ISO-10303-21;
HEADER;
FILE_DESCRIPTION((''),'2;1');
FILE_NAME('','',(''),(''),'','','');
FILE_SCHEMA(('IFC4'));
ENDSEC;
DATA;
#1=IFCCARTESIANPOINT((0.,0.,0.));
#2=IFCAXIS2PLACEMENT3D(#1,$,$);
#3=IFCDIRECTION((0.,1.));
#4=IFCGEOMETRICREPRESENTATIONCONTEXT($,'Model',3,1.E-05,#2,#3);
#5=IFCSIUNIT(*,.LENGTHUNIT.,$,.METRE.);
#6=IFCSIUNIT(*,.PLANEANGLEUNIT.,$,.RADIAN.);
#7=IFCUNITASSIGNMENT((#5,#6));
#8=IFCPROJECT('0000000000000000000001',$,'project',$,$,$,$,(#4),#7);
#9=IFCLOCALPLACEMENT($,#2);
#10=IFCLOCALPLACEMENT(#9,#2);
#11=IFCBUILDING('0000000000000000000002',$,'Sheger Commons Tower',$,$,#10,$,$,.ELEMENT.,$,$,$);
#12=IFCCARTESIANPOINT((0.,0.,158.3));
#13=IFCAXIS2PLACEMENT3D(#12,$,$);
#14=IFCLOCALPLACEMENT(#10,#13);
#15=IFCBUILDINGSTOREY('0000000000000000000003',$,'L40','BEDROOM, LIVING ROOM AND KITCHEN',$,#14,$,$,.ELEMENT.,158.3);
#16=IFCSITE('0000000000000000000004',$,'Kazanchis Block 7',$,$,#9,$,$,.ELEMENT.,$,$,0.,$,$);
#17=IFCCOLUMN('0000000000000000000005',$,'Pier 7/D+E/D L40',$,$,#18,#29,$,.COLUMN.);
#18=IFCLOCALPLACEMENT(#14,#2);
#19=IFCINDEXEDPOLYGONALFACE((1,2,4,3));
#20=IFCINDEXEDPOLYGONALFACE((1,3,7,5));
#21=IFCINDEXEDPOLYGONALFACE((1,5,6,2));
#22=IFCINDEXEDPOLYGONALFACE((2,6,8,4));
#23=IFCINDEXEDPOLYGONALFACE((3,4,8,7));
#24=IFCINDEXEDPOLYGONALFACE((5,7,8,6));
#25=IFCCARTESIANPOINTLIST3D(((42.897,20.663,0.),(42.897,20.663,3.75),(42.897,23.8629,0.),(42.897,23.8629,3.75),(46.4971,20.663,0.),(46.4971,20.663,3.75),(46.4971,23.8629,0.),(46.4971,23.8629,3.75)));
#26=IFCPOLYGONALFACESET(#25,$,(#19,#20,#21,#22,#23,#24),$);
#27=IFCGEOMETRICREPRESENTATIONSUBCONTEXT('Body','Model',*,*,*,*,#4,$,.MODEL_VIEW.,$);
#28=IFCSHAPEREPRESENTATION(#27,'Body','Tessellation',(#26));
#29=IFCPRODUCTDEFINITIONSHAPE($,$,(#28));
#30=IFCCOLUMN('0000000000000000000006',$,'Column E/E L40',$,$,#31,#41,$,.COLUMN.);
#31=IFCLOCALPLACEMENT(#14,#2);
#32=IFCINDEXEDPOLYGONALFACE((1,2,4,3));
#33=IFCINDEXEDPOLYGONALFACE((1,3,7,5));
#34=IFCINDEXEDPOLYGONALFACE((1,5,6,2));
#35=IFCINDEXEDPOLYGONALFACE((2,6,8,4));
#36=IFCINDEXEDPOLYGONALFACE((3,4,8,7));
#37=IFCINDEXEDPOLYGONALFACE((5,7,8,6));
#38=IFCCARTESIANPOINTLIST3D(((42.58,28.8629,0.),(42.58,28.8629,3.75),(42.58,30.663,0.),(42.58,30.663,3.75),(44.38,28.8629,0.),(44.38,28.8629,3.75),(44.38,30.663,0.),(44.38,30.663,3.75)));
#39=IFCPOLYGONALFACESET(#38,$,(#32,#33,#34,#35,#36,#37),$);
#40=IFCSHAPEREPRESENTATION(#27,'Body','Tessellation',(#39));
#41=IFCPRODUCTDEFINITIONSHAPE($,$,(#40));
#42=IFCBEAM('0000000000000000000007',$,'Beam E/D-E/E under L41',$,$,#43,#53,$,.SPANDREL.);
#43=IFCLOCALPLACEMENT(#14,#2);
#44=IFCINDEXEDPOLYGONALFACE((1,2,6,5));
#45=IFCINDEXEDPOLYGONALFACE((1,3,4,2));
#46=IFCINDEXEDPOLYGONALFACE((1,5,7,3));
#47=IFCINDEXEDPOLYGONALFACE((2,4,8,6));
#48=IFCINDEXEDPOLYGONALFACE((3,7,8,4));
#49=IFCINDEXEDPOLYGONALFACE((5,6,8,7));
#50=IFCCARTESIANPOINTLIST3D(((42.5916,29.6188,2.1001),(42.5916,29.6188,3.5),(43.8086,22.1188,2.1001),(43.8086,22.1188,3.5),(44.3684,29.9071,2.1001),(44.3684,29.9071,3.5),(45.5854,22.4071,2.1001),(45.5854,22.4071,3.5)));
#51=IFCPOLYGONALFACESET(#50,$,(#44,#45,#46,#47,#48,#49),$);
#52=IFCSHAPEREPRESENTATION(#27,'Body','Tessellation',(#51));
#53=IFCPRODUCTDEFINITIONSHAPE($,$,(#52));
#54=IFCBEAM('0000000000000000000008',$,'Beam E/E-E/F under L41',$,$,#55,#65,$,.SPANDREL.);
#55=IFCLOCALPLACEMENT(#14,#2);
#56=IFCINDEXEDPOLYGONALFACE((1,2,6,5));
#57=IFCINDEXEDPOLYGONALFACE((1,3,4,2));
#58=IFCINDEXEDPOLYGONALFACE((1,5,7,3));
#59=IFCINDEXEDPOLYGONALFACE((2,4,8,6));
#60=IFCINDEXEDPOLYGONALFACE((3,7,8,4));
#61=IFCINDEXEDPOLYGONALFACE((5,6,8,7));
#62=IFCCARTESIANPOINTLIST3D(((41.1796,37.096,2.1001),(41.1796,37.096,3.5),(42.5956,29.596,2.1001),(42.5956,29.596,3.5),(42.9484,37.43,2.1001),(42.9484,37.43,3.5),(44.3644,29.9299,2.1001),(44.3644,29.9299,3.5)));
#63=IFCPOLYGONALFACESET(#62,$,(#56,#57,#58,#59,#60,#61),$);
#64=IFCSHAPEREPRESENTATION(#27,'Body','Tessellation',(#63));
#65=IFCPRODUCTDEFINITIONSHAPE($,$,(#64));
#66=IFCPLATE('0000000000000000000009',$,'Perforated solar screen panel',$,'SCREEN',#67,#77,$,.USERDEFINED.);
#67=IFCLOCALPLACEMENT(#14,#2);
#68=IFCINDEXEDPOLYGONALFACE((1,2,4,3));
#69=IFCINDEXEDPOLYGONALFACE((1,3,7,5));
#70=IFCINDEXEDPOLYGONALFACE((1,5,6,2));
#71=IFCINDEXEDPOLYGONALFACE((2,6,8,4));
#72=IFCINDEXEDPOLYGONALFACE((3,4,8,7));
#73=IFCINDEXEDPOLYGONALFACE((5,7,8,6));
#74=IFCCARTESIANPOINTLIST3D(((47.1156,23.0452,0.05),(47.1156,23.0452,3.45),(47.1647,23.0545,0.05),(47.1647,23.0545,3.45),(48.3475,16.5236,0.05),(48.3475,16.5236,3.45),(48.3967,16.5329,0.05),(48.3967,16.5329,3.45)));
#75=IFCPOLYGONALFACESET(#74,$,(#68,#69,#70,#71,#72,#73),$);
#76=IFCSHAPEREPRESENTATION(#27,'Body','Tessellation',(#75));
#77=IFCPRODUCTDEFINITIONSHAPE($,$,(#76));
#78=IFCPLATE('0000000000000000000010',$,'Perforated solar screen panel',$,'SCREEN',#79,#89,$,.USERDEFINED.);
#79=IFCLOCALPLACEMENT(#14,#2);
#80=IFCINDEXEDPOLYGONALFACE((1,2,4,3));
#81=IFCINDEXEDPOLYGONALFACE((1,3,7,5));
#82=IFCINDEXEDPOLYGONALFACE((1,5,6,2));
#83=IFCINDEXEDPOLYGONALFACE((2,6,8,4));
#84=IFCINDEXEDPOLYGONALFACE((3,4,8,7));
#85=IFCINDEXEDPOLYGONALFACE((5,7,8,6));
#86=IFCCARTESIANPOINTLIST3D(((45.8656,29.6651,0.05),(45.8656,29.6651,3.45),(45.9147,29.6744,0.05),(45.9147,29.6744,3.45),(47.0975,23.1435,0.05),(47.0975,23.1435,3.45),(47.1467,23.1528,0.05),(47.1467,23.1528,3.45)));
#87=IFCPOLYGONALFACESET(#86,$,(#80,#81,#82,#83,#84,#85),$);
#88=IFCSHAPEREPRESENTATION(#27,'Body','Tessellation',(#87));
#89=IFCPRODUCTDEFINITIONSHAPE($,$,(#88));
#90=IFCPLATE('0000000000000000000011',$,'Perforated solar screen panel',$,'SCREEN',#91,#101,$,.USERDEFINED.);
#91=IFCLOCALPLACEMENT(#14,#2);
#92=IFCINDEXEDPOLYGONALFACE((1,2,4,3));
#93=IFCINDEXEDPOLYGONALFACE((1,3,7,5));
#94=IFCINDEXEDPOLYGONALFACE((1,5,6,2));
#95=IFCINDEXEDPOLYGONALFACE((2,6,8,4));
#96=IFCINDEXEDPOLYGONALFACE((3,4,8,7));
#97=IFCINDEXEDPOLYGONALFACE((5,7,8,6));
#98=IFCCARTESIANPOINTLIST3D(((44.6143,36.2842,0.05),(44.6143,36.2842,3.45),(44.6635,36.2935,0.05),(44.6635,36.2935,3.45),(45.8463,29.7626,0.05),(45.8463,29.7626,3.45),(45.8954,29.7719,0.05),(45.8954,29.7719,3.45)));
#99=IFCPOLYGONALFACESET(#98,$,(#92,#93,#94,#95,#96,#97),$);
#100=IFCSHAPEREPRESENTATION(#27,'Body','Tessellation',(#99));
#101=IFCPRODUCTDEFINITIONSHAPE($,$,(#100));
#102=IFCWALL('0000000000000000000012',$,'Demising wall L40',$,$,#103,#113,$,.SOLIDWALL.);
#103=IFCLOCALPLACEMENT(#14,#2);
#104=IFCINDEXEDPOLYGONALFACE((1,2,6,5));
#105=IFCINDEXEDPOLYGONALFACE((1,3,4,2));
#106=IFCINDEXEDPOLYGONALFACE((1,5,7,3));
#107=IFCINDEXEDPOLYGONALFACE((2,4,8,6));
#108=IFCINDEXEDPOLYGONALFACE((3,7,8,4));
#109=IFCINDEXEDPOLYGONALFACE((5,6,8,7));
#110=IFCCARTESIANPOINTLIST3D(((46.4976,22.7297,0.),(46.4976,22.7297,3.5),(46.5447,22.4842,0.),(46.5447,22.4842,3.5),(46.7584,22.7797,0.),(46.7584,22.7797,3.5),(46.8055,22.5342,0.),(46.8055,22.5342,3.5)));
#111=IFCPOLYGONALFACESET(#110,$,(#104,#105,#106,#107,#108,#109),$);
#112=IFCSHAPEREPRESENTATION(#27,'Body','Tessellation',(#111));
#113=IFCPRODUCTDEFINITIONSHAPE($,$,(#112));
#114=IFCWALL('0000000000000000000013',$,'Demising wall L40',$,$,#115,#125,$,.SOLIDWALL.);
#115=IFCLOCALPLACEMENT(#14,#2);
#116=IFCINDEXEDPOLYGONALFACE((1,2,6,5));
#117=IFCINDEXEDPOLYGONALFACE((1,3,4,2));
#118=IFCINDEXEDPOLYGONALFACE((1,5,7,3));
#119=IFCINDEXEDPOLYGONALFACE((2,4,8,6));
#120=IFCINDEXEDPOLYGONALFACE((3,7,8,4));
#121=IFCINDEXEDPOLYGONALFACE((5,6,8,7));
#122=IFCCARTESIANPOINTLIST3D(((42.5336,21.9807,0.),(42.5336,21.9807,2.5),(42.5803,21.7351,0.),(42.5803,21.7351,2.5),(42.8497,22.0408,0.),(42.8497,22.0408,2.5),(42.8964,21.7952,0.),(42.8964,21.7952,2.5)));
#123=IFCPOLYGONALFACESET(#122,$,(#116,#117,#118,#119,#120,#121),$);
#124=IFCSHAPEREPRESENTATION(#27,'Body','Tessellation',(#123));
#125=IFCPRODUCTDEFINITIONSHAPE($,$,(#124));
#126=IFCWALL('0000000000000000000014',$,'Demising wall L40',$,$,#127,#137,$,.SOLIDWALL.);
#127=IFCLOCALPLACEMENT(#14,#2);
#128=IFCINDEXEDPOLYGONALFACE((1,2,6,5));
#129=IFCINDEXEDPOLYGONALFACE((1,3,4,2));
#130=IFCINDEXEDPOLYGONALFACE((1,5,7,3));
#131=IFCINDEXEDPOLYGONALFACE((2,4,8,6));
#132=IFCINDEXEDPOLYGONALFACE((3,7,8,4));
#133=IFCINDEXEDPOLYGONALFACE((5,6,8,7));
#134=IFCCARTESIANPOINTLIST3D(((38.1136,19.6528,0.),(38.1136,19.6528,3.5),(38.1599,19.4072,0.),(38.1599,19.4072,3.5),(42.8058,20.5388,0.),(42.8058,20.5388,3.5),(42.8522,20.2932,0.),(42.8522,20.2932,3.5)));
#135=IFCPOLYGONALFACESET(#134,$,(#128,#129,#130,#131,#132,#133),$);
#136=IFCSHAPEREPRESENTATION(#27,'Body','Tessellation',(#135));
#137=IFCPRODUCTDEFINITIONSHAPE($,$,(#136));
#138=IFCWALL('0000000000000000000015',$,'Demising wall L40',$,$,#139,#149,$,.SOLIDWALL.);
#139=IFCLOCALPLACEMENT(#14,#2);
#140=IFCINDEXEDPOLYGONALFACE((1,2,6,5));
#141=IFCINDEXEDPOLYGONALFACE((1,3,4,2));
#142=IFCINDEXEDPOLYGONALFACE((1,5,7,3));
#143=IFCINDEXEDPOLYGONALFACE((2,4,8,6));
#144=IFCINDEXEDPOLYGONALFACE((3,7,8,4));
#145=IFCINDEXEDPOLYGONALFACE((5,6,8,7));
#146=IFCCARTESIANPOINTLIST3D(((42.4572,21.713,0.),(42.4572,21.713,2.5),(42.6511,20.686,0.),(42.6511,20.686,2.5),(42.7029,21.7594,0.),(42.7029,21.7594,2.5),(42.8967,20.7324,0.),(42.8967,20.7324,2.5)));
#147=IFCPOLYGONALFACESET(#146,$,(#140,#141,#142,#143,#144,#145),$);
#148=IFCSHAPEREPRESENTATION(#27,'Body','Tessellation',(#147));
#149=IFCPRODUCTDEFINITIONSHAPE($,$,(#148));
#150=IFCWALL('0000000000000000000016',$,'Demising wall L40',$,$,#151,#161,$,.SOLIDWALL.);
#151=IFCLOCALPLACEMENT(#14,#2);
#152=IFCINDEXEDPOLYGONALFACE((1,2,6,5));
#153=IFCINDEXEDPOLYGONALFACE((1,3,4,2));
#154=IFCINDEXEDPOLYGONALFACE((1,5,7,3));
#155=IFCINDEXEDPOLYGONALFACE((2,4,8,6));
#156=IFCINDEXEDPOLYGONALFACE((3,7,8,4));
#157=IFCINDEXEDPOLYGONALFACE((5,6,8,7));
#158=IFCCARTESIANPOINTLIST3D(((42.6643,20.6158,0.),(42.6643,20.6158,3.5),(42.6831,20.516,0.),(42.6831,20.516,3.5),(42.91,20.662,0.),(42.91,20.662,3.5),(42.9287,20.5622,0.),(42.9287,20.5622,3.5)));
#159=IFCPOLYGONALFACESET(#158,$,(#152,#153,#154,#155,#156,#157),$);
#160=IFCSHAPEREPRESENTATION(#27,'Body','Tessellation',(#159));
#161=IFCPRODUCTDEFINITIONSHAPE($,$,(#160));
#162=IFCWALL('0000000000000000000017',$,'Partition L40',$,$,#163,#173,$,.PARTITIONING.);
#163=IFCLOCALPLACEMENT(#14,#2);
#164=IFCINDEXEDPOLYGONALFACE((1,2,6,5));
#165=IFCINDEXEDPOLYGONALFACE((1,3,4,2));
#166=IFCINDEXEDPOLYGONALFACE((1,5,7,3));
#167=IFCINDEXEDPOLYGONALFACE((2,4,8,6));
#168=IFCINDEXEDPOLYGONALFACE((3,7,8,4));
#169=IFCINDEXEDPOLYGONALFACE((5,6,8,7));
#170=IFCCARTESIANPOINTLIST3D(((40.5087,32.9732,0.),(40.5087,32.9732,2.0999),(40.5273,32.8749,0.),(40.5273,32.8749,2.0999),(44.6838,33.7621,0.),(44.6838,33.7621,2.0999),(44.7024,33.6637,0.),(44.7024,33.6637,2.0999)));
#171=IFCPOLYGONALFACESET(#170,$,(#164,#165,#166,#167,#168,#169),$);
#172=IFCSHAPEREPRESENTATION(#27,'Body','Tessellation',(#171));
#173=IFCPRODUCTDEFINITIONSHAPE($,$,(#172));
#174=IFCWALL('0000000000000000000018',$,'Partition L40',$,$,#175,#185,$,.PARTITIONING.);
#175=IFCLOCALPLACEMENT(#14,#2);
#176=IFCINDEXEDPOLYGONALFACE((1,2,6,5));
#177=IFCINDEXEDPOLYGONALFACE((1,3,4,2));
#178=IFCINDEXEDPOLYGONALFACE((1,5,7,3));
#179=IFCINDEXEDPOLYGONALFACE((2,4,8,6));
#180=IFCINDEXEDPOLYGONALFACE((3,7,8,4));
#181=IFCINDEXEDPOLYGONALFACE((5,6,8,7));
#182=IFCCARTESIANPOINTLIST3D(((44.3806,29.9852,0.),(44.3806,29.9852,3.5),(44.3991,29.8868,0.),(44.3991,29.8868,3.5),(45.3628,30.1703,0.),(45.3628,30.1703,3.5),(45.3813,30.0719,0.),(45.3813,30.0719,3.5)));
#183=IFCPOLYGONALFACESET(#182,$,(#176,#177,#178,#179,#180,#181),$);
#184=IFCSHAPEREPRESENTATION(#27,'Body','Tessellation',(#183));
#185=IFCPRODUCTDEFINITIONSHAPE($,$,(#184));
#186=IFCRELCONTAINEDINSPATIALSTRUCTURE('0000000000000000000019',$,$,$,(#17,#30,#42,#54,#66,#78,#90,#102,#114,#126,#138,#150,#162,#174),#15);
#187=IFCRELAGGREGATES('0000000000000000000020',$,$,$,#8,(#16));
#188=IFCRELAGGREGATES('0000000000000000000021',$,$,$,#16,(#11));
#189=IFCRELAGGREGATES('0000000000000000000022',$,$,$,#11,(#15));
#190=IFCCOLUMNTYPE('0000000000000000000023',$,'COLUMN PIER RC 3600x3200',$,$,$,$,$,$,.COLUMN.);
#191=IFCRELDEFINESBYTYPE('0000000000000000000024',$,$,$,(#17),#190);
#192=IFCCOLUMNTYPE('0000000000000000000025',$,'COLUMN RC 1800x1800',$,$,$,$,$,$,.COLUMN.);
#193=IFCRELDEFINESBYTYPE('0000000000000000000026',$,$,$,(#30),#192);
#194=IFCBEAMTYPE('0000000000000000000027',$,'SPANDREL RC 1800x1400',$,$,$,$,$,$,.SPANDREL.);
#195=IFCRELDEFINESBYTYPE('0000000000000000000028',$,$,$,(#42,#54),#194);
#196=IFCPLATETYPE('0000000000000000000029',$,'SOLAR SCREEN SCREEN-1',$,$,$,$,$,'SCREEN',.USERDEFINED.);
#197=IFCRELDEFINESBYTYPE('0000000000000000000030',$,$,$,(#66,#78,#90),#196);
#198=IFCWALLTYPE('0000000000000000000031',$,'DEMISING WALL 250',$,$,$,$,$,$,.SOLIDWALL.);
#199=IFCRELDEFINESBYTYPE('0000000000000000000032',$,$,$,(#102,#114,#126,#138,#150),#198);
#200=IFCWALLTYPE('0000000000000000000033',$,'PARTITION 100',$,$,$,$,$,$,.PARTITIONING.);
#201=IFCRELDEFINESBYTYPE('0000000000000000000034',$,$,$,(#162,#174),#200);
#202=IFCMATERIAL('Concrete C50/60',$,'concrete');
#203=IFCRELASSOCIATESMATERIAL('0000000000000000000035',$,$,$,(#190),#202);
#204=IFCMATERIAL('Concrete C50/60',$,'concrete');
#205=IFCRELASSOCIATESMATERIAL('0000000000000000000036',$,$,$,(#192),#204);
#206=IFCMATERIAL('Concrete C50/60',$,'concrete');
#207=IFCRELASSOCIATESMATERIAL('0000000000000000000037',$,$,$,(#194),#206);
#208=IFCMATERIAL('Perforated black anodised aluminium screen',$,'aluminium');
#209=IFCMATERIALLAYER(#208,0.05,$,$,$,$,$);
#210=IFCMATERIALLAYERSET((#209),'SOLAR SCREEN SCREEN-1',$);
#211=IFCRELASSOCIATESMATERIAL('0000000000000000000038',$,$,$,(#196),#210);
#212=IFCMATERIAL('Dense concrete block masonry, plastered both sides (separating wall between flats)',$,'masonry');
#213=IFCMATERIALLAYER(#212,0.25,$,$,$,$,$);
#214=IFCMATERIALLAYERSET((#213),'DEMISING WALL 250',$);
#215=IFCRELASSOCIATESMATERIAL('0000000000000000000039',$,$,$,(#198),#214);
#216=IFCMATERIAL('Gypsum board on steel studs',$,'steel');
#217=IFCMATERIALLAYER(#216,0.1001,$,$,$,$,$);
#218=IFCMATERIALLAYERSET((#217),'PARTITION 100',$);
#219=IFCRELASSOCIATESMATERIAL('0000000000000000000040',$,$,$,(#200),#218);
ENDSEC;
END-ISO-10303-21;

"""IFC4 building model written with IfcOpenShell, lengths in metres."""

from ifc_helpers import new_model, si_unit, direction, frame, frame_2d, origin, origin_2d, place, context, subcontext, project, spatial, rectangle, extrude, material, layer, layer_set, material_profile, profile_set, type_object, element, save


model = new_model("IFC4")

# Units and contexts
model_context = context("Model", 3, precision=1e-05, world=origin(), true_north=direction((0.0, 1.0)))
body_context = subcontext(model_context, "Body", "Model", "MODEL_VIEW")
ifc_project = project(units=[si_unit("LENGTHUNIT", "METRE"), si_unit("PLANEANGLEUNIT", "RADIAN")], contexts=[model_context])

# Site, building, storey
site_placement = place(None, origin())
site = spatial("IfcSite", under=ifc_project, at=site_placement, Name="Kazanchis Block 7", CompositionType="ELEMENT", RefElevation=0.0)
building_placement = place(site_placement, origin())
building = spatial("IfcBuilding", under=site, at=building_placement, Name="Sheger Commons Tower", CompositionType="ELEMENT")
storey_placement = place(building_placement, frame((0.0, 0.0, 158.3)))
storey = spatial("IfcBuildingStorey", under=building, at=storey_placement, Name="L40", Description="BEDROOM, LIVING ROOM AND KITCHEN", CompositionType="ELEMENT", Elevation=158.3)

# Columns
ifc_material_1 = material(Name="Concrete C50/60", Category="concrete")
ifc_material_profile_1 = material_profile(ifc_material_1, rectangle(XDim=3.6001, YDim=3.2, at=origin_2d()), Name="RC 3600x3200")
ifc_profile_set_1 = profile_set([ifc_material_profile_1], Name="Concrete C50/60")
column_type_1 = type_object("IfcColumnType", Name="COLUMN PIER RC 3600x3200", PredefinedType="COLUMN", material=ifc_profile_set_1)
column_1_placement = place(storey_placement, frame((44.697, 22.2629, 0.0), z_axis=(0.0, 0.0, 1.0), x_axis=(1.0, 0.0, 0.0)))
element("IfcColumn", 1, at=column_1_placement, inside=storey, type_object=column_type_1, Name="Pier 7/D+E/D L40", PredefinedType="COLUMN", context=body_context, shape_type="SweptSolid", body=[
    extrude(rectangle(XDim=3.6001, YDim=3.2, at=origin_2d()), origin(), (0.0, 0.0, 1.0), 3.75),
])
ifc_material_2 = material(Name="Concrete C50/60", Category="concrete")
ifc_material_profile_2 = material_profile(ifc_material_2, rectangle(XDim=1.8, YDim=1.8, at=origin_2d()), Name="RC 1800x1800")
ifc_profile_set_2 = profile_set([ifc_material_profile_2], Name="Concrete C50/60")
column_type_2 = type_object("IfcColumnType", Name="COLUMN RC 1800x1800", PredefinedType="COLUMN", material=ifc_profile_set_2)
column_2_placement = place(storey_placement, frame((43.48, 29.7629, 0.0), z_axis=(0.0, 0.0, 1.0), x_axis=(1.0, 0.0, 0.0)))
element("IfcColumn", 2, at=column_2_placement, inside=storey, type_object=column_type_2, Name="Column E/E L40", PredefinedType="COLUMN", context=body_context, shape_type="SweptSolid", body=[
    extrude(rectangle(XDim=1.8, YDim=1.8, at=origin_2d()), origin(), (0.0, 0.0, 1.0), 3.75),
])

# Beams
ifc_material_3 = material(Name="Concrete C50/60", Category="concrete")
ifc_material_profile_3 = material_profile(ifc_material_3, rectangle(XDim=1.8, YDim=1.3999, at=origin_2d()), Name="RC 1800x1400")
ifc_profile_set_3 = profile_set([ifc_material_profile_3], Name="Concrete C50/60")
beam_type = type_object("IfcBeamType", Name="SPANDREL RC 1800x1400", PredefinedType="SPANDREL", material=ifc_profile_set_3)
beam_1_placement = place(storey_placement, frame((44.697, 22.2629, 2.8), z_axis=(-0.160177, 0.987088, 0.0), x_axis=(-0.987088, -0.160177, 0.0)))
element("IfcBeam", 3, at=beam_1_placement, inside=storey, type_object=beam_type, Name="Beam E/D-E/E under L41", PredefinedType="SPANDREL", context=body_context, shape_type="SweptSolid", body=[
    extrude(rectangle(XDim=1.8, YDim=1.3999, at=origin_2d()), origin(), (0.0, 0.0, 1.0), 7.5981),
])
beam_2_placement = place(storey_placement, frame((43.48, 29.7629, 2.8), z_axis=(-0.185524, 0.98264, 0.0), x_axis=(-0.98264, -0.185524, 0.0)))
element("IfcBeam", 4, at=beam_2_placement, inside=storey, type_object=beam_type, Name="Beam E/E-E/F under L41", PredefinedType="SPANDREL", context=body_context, shape_type="SweptSolid", body=[
    extrude(rectangle(XDim=1.8, YDim=1.3999, at=origin_2d()), origin(), (0.0, 0.0, 1.0), 7.6326),
])

# Plates
ifc_material_4 = material(Name="Perforated black anodised aluminium screen", Category="aluminium")
ifc_layer_1 = layer(ifc_material_4, 0.05)
ifc_layer_set_1 = layer_set([ifc_layer_1], Name="SOLAR SCREEN SCREEN-1")
plate_type = type_object("IfcPlateType", Name="SOLAR SCREEN SCREEN-1", ElementType="SCREEN", PredefinedType="USERDEFINED", material=ifc_layer_set_1)
for number, where, z_axis, x_axis, name in (
    (5, (47.7561, 19.7891, 0.05), (0.0, 0.0, 1.0), (-0.185615, 0.982623, 0.0), "Perforated solar screen panel"),
    (6, (46.5061, 26.4089, 0.05), (0.0, 0.0, 1.0), (-0.185615, 0.982623, 0.0), "Perforated solar screen panel"),
    (7, (45.2549, 33.0281, 0.05), (0.0, 0.0, 1.0), (-0.185615, 0.982623, 0.0), "Perforated solar screen panel"),
):
    element("IfcPlate", number, at=place(storey_placement, frame(where, z_axis=z_axis, x_axis=x_axis)), inside=storey, type_object=plate_type, Name=name, ObjectType="SCREEN", PredefinedType="USERDEFINED", context=body_context, shape_type="SweptSolid", body=[
        extrude(rectangle(XDim=6.637, YDim=0.05, at=origin_2d()), origin(), (0.0, 0.0, 1.0), 3.3999),
    ])

# Walls
ifc_material_5 = material(Name="Dense concrete block masonry, plastered both sides (separating wall between flats)", Category="masonry")
ifc_layer_2 = layer(ifc_material_5, 0.25)
ifc_layer_set_2 = layer_set([ifc_layer_2], Name="DEMISING WALL 250")
wall_type_1 = type_object("IfcWallType", Name="DEMISING WALL 250", PredefinedType="SOLIDWALL", material=ifc_layer_set_2)
wall_1_placement = place(storey_placement, frame((46.782, 22.657, 0.0), z_axis=(0.0, 0.0, 1.0), x_axis=(-0.982105, -0.188336, 0.0)))
element("IfcWall", 8, at=wall_1_placement, inside=storey, type_object=wall_type_1, Name="Demising wall L40", PredefinedType="SOLIDWALL", context=body_context, shape_type="SweptSolid", body=[
    extrude(rectangle(XDim=0.2656, YDim=0.25, at=frame_2d((0.1328, 0.0))), origin(), (0.0, 0.0, 1.0), 3.5),
])
wall_2_placement = place(storey_placement, frame((42.873, 21.918, 0.0), z_axis=(0.0, 0.0, 1.0), x_axis=(-0.982431, -0.186624, 0.0)))
element("IfcWall", 9, at=wall_2_placement, inside=storey, type_object=wall_type_1, Name="Demising wall L40", PredefinedType="SOLIDWALL", context=body_context, shape_type="SweptSolid", body=[
    extrude(rectangle(XDim=0.3218, YDim=0.25, at=frame_2d((0.1609, 0.0))), origin(), (0.0, 0.0, 1.0), 2.5),
])
wall_3_placement = place(storey_placement, frame((42.8291, 20.416, 0.0), z_axis=(0.0, 0.0, 1.0), x_axis=(-0.982636, -0.185545, 0.0)))
element("IfcWall", 10, at=wall_3_placement, inside=storey, type_object=wall_type_1, Name="Demising wall L40", PredefinedType="SOLIDWALL", context=body_context, shape_type="SweptSolid", body=[
    extrude(rectangle(XDim=4.7751, YDim=0.25, at=frame_2d((2.3877, 0.0))), origin(), (0.0, 0.0, 1.0), 3.5),
])
wall_4_placement = place(storey_placement, frame((42.5801, 21.7361, 0.0), z_axis=(0.0, 0.0, 1.0), x_axis=(0.185459, -0.982652, 0.0)))
element("IfcWall", 11, at=wall_4_placement, inside=storey, type_object=wall_type_1, Name="Demising wall L40", PredefinedType="SOLIDWALL", context=body_context, shape_type="SweptSolid", body=[
    extrude(rectangle(XDim=1.0452, YDim=0.25, at=frame_2d((0.5225, 0.0))), origin(), (0.0, 0.0, 1.0), 2.5),
])
wall_5_placement = place(storey_placement, frame((42.7871, 20.6389, 0.0), z_axis=(0.0, 0.0, 1.0), x_axis=(0.185014, -0.982736, 0.0)))
element("IfcWall", 12, at=wall_5_placement, inside=storey, type_object=wall_type_1, Name="Demising wall L40", PredefinedType="SOLIDWALL", context=body_context, shape_type="SweptSolid", body=[
    extrude(rectangle(XDim=0.1016, YDim=0.25, at=frame_2d((0.0508, 0.0))), origin(), (0.0, 0.0, 1.0), 3.5),
])
ifc_material_6 = material(Name="Gypsum board on steel studs", Category="steel")
ifc_layer_3 = layer(ifc_material_6, 0.1001)
ifc_layer_set_3 = layer_set([ifc_layer_3], Name="PARTITION 100")
wall_type_2 = type_object("IfcWallType", Name="PARTITION 100", PredefinedType="PARTITIONING", material=ifc_layer_set_3)
wall_6_placement = place(storey_placement, frame((44.6931, 33.7129, 0.0), z_axis=(0.0, 0.0, 1.0), x_axis=(-0.982616, -0.185652, 0.0)))
element("IfcWall", 13, at=wall_6_placement, inside=storey, type_object=wall_type_2, Name="Partition L40", PredefinedType="PARTITIONING", context=body_context, shape_type="SweptSolid", body=[
    extrude(rectangle(XDim=4.249, YDim=0.1001, at=frame_2d((2.1245, 0.0))), origin(), (0.0, 0.0, 1.0), 2.0999),
])
wall_7_placement = place(storey_placement, frame((45.3721, 30.1211, 0.0), z_axis=(0.0, 0.0, 1.0), x_axis=(-0.982709, -0.185159, 0.0)))
element("IfcWall", 14, at=wall_7_placement, inside=storey, type_object=wall_type_2, Name="Partition L40", PredefinedType="PARTITIONING", context=body_context, shape_type="SweptSolid", body=[
    extrude(rectangle(XDim=0.9995, YDim=0.1001, at=frame_2d((0.4998, 0.0))), origin(), (0.0, 0.0, 1.0), 3.5),
])

save(model, "model.ifc")
